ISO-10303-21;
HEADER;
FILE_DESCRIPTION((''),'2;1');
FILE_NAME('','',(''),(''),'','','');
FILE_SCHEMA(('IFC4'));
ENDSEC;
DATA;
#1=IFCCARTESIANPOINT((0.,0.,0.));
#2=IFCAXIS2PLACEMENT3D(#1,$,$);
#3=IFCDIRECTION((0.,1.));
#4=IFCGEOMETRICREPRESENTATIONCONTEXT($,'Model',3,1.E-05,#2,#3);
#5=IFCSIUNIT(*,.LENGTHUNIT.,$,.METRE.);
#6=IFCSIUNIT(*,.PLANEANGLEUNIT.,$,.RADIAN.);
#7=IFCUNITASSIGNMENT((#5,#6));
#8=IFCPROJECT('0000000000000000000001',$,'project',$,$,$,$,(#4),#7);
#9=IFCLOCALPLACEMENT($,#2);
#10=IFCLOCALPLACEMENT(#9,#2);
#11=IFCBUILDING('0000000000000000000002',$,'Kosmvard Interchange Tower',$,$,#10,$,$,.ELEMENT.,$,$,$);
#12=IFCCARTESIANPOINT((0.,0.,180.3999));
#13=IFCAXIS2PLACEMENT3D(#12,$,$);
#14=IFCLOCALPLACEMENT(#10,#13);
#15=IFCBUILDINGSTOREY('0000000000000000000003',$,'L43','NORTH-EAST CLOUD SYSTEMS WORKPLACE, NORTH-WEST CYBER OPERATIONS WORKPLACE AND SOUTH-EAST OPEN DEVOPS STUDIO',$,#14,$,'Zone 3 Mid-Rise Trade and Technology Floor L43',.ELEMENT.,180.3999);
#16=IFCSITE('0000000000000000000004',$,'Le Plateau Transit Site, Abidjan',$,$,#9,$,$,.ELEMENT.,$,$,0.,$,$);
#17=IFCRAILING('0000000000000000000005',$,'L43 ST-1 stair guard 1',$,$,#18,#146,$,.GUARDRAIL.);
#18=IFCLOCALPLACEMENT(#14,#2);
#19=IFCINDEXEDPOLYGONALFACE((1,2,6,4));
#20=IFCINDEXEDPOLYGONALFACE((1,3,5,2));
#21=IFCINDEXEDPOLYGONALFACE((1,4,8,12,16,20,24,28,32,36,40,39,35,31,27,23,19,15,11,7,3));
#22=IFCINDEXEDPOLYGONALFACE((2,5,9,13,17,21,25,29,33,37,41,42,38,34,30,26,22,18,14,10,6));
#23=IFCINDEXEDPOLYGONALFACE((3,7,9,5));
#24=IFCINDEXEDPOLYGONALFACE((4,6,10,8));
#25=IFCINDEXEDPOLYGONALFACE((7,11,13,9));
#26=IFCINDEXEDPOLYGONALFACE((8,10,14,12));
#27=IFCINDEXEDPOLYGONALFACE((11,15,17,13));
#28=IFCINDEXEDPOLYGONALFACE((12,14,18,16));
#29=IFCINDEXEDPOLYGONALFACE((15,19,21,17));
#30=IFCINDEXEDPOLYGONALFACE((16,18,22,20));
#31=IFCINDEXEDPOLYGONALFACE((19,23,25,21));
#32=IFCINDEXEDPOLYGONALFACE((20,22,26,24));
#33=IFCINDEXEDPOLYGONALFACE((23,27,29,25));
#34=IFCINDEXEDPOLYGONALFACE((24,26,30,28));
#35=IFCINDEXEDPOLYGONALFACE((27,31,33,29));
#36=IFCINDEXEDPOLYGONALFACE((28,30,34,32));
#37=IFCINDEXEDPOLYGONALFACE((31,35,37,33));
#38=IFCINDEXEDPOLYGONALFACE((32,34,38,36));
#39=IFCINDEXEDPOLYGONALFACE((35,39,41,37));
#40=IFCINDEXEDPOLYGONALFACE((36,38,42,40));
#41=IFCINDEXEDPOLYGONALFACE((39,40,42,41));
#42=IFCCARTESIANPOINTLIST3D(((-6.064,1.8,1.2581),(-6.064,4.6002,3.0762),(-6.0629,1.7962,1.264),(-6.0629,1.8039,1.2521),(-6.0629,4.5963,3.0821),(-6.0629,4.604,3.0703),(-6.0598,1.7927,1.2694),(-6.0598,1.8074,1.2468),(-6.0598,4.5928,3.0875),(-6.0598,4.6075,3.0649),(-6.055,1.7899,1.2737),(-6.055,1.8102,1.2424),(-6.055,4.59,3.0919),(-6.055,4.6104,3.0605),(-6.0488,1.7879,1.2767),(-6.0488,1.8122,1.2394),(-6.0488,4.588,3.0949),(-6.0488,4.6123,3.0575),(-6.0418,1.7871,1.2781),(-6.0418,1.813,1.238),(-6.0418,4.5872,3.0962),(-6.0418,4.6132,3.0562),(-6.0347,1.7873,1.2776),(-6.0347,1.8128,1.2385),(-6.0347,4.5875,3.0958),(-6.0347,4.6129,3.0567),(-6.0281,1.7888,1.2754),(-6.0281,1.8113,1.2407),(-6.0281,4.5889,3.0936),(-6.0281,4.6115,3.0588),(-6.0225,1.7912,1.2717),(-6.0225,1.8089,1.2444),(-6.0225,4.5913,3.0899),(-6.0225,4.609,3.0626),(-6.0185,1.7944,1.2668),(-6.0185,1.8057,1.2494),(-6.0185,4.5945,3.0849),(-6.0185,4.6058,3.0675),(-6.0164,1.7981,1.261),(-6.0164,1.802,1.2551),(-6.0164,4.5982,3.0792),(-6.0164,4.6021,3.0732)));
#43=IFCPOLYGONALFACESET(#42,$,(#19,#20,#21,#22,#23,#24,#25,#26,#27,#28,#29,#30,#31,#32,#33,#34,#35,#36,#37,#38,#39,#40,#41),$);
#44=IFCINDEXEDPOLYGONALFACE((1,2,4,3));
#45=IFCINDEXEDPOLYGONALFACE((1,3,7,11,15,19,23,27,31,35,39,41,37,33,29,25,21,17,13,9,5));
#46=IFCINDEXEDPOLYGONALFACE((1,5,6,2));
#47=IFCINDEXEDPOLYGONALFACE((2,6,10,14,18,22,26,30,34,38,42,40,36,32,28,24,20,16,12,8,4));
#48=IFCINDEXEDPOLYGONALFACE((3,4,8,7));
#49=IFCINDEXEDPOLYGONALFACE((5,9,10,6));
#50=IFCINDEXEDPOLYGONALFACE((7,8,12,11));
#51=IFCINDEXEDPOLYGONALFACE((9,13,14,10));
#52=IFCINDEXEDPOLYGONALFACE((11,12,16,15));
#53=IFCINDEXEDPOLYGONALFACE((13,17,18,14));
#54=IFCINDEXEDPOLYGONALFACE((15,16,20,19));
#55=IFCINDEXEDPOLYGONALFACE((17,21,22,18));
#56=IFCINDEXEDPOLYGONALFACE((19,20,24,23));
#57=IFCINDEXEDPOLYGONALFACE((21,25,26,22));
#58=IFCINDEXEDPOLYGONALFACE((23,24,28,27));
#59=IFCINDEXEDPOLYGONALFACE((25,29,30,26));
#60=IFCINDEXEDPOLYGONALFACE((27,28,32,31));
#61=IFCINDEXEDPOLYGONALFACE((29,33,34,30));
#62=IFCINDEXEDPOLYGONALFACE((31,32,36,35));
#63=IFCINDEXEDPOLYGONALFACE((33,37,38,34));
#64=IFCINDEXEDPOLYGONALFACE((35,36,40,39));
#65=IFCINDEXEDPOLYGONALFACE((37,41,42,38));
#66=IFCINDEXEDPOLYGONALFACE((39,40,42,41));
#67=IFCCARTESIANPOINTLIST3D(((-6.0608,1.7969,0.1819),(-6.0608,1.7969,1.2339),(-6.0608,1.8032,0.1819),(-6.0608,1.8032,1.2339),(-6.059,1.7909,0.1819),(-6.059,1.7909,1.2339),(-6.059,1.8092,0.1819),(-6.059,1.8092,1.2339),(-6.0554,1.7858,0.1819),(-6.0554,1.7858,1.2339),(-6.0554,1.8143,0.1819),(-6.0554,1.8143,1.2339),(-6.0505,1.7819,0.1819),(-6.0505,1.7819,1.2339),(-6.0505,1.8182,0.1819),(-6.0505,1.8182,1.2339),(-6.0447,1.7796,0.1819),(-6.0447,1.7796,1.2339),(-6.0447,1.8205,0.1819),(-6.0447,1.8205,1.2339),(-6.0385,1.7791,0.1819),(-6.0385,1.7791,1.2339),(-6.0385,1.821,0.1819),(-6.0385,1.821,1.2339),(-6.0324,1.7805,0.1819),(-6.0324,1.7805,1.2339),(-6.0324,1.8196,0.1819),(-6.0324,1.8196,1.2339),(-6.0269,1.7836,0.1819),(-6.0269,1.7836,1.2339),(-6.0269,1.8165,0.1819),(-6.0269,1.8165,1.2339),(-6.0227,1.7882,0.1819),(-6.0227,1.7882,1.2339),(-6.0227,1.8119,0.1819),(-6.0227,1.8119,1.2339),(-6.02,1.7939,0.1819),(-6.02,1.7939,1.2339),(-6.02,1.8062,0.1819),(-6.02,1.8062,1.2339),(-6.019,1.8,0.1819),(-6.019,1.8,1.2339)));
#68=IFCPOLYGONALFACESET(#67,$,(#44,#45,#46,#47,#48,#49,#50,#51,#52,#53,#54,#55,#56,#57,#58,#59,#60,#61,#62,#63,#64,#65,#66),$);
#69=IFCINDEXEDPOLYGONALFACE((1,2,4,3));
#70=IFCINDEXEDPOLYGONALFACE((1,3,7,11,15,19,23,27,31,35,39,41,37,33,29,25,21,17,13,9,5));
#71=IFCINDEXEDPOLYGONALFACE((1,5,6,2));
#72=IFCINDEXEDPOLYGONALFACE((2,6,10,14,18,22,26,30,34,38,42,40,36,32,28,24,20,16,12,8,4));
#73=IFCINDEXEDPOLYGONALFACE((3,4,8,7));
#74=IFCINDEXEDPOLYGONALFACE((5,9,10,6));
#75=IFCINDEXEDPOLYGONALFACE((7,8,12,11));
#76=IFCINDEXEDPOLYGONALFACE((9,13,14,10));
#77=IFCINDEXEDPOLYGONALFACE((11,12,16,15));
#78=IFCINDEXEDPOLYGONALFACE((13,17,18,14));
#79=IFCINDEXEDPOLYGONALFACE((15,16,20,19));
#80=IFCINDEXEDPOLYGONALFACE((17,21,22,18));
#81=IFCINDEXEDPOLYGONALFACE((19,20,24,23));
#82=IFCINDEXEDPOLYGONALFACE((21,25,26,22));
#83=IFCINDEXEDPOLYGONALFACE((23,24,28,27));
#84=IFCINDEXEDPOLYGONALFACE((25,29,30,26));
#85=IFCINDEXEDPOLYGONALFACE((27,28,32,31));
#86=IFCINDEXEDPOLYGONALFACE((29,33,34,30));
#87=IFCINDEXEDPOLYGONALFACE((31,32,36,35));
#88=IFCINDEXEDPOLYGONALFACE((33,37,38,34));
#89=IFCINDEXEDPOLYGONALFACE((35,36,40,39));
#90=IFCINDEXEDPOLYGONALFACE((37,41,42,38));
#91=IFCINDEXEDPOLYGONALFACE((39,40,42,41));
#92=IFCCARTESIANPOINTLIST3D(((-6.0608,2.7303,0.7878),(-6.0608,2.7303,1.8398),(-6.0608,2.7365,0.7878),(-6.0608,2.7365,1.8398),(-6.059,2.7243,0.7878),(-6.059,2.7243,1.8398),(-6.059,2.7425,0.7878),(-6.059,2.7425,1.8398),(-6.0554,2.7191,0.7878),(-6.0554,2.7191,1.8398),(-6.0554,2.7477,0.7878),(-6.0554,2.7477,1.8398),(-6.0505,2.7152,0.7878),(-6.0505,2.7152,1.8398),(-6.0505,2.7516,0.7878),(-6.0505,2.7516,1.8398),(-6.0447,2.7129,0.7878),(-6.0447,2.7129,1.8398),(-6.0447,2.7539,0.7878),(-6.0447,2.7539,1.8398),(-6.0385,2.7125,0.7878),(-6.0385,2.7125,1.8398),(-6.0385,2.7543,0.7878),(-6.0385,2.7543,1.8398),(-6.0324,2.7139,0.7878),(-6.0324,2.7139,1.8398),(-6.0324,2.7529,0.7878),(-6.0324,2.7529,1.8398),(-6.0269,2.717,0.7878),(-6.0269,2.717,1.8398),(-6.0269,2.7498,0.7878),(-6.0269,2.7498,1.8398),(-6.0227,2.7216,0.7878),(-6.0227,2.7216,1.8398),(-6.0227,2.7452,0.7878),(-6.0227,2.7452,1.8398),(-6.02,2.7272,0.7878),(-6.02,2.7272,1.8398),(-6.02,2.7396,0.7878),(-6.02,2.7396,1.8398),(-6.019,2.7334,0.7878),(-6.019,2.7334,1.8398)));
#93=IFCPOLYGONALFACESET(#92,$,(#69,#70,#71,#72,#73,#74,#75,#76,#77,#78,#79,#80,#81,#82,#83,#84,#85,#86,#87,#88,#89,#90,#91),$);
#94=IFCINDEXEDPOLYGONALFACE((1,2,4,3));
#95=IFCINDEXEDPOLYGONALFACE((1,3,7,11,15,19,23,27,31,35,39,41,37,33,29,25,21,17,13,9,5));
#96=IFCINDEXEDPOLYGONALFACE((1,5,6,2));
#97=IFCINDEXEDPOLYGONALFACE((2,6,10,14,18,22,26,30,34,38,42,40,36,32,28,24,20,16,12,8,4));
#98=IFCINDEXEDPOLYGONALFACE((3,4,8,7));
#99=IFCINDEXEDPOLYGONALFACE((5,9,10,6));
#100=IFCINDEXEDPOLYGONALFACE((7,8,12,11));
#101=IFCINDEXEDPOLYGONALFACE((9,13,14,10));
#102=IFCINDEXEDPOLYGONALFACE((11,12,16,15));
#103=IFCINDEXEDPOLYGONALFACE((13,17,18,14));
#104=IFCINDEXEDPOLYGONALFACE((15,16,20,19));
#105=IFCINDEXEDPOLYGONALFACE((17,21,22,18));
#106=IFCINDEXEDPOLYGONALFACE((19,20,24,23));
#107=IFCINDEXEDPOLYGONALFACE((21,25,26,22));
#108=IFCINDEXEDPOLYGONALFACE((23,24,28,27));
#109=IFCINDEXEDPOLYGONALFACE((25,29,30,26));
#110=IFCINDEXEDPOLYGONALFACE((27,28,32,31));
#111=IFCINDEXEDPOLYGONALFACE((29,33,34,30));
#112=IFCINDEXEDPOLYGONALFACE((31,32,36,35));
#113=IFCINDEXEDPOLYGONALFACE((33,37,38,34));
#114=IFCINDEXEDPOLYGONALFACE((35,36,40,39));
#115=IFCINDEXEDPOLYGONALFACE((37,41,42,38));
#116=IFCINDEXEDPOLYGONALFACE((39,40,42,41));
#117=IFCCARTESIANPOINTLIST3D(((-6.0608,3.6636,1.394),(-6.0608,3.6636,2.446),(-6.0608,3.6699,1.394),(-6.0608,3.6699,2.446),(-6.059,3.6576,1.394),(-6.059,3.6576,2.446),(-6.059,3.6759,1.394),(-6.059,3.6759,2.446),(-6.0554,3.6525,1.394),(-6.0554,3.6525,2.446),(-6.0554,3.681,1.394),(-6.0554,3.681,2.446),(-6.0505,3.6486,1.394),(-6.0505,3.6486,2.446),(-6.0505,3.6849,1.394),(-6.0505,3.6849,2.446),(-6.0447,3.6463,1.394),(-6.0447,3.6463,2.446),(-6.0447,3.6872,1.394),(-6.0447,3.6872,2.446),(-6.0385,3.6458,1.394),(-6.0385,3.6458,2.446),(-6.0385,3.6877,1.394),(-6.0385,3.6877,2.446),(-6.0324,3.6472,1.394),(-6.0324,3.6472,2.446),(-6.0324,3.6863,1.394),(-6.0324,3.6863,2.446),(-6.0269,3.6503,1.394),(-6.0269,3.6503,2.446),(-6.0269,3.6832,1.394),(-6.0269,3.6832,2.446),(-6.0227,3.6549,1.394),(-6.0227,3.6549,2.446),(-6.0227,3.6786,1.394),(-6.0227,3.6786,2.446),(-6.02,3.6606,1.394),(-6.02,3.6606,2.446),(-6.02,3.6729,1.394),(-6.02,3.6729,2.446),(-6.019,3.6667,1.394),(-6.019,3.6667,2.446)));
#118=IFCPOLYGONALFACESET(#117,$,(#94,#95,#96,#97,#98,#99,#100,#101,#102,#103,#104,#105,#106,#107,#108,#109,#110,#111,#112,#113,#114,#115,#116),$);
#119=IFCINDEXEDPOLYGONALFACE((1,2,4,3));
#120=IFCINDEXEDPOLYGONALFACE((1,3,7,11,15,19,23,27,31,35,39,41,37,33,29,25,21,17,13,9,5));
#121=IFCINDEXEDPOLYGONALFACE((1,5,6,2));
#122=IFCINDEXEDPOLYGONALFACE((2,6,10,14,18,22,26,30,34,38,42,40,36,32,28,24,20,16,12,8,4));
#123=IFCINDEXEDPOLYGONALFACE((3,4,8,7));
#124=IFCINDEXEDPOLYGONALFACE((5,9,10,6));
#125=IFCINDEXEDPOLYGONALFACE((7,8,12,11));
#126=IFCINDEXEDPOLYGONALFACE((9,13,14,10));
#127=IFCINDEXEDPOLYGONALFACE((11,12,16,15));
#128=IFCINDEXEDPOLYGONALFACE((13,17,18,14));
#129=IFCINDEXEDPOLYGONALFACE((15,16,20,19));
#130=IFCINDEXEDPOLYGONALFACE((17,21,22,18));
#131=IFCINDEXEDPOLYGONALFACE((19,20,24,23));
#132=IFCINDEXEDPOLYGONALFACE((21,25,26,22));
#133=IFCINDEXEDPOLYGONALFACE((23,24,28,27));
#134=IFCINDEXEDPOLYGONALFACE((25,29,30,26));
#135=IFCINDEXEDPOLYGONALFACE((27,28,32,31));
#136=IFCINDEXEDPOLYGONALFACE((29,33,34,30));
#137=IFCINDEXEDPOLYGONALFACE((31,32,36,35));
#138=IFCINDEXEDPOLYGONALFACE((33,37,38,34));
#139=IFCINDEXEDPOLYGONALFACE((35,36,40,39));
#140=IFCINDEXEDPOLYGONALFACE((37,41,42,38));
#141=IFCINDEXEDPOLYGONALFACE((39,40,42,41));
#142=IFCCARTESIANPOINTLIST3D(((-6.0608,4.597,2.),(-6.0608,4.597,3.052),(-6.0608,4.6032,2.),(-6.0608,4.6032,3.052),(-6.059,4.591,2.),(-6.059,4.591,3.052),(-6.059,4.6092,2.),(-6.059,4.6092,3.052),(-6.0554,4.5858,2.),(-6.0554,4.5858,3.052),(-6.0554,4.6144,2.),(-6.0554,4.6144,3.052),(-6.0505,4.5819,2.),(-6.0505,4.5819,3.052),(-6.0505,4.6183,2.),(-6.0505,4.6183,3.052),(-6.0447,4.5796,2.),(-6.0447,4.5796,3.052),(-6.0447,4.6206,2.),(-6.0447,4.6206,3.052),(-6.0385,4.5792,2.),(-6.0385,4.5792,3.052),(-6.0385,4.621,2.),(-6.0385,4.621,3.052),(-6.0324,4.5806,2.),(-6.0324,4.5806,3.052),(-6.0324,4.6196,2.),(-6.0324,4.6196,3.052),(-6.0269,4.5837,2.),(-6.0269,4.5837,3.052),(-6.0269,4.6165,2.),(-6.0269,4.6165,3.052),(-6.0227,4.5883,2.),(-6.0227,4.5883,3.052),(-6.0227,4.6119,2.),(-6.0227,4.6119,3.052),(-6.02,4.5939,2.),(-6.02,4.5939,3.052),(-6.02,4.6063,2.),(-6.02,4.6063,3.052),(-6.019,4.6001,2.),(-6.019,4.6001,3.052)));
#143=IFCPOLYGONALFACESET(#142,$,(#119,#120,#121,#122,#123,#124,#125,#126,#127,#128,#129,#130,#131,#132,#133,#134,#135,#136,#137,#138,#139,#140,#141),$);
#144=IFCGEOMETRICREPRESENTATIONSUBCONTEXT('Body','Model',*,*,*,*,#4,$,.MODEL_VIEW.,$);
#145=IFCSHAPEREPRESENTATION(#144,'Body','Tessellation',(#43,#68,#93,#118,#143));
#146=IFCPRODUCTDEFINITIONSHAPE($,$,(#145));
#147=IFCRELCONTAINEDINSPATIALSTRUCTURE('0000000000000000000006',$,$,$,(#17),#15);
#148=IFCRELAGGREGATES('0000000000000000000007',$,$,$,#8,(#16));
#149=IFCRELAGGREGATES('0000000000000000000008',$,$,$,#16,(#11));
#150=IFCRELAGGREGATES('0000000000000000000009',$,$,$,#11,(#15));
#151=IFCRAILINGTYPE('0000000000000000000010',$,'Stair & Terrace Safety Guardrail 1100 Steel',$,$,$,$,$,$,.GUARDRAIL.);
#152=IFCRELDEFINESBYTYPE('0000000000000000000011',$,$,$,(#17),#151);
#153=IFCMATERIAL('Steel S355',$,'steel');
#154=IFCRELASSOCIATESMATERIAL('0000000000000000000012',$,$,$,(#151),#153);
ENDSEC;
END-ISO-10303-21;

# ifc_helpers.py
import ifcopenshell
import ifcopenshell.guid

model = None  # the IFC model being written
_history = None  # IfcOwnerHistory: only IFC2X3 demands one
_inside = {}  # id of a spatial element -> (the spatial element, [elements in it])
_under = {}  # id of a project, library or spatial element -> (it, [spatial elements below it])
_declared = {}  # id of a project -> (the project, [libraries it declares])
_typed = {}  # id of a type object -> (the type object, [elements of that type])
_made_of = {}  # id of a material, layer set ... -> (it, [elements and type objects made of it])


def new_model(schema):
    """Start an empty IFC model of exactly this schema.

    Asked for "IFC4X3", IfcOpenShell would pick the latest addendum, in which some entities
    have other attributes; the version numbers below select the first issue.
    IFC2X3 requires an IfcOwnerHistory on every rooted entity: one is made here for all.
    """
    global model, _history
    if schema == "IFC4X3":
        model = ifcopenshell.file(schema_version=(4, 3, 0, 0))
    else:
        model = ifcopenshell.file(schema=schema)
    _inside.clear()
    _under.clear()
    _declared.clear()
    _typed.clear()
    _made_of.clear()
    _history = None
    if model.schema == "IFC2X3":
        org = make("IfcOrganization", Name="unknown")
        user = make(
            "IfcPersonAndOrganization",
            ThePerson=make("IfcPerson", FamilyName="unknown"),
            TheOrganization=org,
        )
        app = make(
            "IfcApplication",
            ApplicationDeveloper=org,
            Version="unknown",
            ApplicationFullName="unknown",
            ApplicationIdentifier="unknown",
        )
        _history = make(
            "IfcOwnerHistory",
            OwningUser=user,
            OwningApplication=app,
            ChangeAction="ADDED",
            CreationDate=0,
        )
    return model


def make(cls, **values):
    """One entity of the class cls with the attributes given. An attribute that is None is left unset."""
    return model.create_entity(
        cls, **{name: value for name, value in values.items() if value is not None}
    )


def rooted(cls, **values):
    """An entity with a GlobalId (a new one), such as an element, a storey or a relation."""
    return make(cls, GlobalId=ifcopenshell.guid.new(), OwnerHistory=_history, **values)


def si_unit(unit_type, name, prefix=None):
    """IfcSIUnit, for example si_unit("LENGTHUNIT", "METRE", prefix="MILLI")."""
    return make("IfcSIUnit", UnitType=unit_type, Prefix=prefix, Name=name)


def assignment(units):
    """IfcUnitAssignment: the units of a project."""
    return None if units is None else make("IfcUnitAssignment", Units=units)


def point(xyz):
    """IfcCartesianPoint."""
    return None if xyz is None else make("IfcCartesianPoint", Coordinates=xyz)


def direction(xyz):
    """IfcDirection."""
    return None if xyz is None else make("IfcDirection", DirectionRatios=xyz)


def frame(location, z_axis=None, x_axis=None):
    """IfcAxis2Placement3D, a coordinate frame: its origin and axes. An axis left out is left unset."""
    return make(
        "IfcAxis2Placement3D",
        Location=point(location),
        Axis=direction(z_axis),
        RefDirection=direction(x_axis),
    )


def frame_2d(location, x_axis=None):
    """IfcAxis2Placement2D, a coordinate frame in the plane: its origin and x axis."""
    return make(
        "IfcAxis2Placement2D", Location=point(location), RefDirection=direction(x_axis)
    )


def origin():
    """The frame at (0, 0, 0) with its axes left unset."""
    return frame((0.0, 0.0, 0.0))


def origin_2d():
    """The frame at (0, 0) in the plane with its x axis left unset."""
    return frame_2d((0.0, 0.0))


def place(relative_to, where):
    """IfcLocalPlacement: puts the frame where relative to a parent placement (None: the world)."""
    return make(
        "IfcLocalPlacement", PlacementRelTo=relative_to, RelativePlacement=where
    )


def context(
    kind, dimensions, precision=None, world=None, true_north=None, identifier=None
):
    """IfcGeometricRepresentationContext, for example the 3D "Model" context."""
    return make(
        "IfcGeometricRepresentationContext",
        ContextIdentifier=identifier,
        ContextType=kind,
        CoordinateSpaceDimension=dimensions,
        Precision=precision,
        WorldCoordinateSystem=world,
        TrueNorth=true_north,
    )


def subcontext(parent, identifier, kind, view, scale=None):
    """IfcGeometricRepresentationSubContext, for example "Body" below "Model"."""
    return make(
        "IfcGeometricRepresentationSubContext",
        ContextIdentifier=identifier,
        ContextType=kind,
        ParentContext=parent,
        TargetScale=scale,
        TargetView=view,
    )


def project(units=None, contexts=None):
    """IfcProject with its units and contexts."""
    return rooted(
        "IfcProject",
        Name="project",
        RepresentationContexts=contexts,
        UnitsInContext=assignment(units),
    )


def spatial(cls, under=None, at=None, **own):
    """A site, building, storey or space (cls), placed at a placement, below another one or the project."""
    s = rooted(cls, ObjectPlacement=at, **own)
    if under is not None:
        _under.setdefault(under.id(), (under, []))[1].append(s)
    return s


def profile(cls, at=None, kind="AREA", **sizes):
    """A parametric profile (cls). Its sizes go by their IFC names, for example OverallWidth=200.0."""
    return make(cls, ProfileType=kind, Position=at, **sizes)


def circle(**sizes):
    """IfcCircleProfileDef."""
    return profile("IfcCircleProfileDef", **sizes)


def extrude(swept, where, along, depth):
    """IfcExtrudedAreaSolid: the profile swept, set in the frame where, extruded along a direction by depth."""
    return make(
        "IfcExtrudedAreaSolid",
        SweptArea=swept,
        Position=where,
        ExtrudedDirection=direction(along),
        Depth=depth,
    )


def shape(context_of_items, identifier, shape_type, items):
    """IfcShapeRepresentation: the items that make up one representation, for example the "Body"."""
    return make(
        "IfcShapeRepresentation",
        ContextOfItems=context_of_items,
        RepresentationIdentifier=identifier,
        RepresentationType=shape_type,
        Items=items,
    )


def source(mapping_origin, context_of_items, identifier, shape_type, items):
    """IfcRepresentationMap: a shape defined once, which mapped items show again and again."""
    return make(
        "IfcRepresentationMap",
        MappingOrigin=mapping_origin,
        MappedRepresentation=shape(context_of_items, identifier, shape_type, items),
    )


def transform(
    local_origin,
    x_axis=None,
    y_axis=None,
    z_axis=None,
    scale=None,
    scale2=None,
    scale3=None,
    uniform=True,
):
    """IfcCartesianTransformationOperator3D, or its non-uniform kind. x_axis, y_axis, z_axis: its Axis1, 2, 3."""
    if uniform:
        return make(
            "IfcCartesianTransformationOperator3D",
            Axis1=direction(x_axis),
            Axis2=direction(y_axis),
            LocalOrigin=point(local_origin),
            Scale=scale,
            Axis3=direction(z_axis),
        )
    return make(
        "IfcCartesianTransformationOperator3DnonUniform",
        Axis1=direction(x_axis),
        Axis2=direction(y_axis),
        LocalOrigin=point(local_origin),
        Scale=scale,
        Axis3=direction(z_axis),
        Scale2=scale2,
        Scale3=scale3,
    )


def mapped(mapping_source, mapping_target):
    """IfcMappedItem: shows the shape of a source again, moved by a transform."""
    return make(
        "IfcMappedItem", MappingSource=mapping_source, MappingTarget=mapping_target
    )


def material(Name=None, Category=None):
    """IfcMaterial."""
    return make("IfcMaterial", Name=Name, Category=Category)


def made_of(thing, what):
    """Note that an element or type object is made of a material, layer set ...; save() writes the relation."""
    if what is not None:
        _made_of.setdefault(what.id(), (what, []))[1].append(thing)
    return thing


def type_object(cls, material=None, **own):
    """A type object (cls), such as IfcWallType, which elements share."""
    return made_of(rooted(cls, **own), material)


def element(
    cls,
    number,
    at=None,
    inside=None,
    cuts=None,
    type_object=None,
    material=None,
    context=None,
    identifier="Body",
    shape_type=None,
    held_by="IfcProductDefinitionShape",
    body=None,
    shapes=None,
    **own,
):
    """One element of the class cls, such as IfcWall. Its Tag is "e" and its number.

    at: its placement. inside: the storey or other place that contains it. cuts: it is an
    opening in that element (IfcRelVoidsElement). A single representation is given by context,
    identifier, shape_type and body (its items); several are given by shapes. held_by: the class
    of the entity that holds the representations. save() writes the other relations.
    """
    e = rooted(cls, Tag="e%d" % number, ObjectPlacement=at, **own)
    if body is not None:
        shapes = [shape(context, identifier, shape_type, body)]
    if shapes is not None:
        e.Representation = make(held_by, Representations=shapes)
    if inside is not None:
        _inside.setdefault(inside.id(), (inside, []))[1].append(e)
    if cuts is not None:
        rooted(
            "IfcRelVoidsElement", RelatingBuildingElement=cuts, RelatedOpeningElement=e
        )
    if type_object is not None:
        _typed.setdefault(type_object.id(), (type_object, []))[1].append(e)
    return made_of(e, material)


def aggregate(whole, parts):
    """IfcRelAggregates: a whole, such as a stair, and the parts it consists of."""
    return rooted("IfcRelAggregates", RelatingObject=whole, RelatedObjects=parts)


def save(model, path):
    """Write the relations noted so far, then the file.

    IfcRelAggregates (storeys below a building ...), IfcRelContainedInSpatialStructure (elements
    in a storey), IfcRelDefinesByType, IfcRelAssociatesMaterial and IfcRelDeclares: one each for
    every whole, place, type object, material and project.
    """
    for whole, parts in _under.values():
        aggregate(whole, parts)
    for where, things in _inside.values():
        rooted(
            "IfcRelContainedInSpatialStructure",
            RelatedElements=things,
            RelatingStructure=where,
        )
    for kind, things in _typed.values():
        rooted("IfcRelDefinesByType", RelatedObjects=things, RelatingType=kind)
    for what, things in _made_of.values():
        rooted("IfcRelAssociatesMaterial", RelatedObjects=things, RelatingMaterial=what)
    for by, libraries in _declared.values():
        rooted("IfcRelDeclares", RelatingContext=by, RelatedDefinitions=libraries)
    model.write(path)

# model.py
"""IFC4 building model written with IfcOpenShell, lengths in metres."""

from ifc_helpers import new_model, si_unit, direction, frame, origin, origin_2d, place, context, subcontext, project, spatial, circle, extrude, source, transform, mapped, material, type_object, element, save


model = new_model("IFC4")

# Units and contexts
model_context = context("Model", 3, precision=1e-05, world=origin(), true_north=direction((0.0, 1.0)))
body_context = subcontext(model_context, "Body", "Model", "MODEL_VIEW")
ifc_project = project(units=[si_unit("LENGTHUNIT", "METRE"), si_unit("PLANEANGLEUNIT", "RADIAN")], contexts=[model_context])

# Site, building, storey
site_placement = place(None, origin())
site = spatial("IfcSite", under=ifc_project, at=site_placement, Name="Le Plateau Transit Site, Abidjan", CompositionType="ELEMENT", RefElevation=0.0)
building_placement = place(site_placement, origin())
building = spatial("IfcBuilding", under=site, at=building_placement, Name="Kosmvard Interchange Tower", CompositionType="ELEMENT")
storey_placement = place(building_placement, frame((0.0, 0.0, 180.3999)))
storey = spatial("IfcBuildingStorey", under=building, at=storey_placement, Name="L43", Description="NORTH-EAST CLOUD SYSTEMS WORKPLACE, NORTH-WEST CYBER OPERATIONS WORKPLACE AND SOUTH-EAST OPEN DEVOPS STUDIO", LongName="Zone 3 Mid-Rise Trade and Technology Floor L43", CompositionType="ELEMENT", Elevation=180.3999)

# Shared definitions
ifc_material_1 = material(Name="Steel S355", Category="steel")

# Railing
railing_type_1 = type_object("IfcRailingType", Name="Stair & Terrace Safety Guardrail 1100 Steel", PredefinedType="GUARDRAIL", material=ifc_material_1)
shared_shape_1 = source(origin(), body_context, "Body", "SweptSolid", [
    extrude(circle(Radius=0.0239, at=origin_2d()), frame((0.0, 0.0, 1.0762), z_axis=(0.0, 0.838706, 0.544585), x_axis=(-1.0, 0.0, 0.0)), (0.0, 0.0, 1.0), 3.3386),
    extrude(circle(Radius=0.021, at=origin_2d()), origin(), (0.0, 0.0, 1.0), 1.052),
    extrude(circle(Radius=0.021, at=origin_2d()), frame((0.0, 0.9333, 0.606)), (0.0, 0.0, 1.0), 1.052),
    extrude(circle(Radius=0.021, at=origin_2d()), frame((0.0, 1.8667, 1.2122)), (0.0, 0.0, 1.0), 1.052),
    extrude(circle(Radius=0.021, at=origin_2d()), frame((0.0, 2.8, 1.8181)), (0.0, 0.0, 1.0), 1.052),
])
railing_1_placement = place(storey_placement, frame((-6.04, 1.8, 0.1819)))
element("IfcRailing", 1, at=railing_1_placement, inside=storey, type_object=railing_type_1, Name="L43 ST-1 stair guard 1", PredefinedType="GUARDRAIL", context=body_context, shape_type="MappedRepresentation", body=[
    mapped(shared_shape_1, transform((0.0, 0.0, 0.0), scale=1.0)),
])

save(model, "model.ifc")
